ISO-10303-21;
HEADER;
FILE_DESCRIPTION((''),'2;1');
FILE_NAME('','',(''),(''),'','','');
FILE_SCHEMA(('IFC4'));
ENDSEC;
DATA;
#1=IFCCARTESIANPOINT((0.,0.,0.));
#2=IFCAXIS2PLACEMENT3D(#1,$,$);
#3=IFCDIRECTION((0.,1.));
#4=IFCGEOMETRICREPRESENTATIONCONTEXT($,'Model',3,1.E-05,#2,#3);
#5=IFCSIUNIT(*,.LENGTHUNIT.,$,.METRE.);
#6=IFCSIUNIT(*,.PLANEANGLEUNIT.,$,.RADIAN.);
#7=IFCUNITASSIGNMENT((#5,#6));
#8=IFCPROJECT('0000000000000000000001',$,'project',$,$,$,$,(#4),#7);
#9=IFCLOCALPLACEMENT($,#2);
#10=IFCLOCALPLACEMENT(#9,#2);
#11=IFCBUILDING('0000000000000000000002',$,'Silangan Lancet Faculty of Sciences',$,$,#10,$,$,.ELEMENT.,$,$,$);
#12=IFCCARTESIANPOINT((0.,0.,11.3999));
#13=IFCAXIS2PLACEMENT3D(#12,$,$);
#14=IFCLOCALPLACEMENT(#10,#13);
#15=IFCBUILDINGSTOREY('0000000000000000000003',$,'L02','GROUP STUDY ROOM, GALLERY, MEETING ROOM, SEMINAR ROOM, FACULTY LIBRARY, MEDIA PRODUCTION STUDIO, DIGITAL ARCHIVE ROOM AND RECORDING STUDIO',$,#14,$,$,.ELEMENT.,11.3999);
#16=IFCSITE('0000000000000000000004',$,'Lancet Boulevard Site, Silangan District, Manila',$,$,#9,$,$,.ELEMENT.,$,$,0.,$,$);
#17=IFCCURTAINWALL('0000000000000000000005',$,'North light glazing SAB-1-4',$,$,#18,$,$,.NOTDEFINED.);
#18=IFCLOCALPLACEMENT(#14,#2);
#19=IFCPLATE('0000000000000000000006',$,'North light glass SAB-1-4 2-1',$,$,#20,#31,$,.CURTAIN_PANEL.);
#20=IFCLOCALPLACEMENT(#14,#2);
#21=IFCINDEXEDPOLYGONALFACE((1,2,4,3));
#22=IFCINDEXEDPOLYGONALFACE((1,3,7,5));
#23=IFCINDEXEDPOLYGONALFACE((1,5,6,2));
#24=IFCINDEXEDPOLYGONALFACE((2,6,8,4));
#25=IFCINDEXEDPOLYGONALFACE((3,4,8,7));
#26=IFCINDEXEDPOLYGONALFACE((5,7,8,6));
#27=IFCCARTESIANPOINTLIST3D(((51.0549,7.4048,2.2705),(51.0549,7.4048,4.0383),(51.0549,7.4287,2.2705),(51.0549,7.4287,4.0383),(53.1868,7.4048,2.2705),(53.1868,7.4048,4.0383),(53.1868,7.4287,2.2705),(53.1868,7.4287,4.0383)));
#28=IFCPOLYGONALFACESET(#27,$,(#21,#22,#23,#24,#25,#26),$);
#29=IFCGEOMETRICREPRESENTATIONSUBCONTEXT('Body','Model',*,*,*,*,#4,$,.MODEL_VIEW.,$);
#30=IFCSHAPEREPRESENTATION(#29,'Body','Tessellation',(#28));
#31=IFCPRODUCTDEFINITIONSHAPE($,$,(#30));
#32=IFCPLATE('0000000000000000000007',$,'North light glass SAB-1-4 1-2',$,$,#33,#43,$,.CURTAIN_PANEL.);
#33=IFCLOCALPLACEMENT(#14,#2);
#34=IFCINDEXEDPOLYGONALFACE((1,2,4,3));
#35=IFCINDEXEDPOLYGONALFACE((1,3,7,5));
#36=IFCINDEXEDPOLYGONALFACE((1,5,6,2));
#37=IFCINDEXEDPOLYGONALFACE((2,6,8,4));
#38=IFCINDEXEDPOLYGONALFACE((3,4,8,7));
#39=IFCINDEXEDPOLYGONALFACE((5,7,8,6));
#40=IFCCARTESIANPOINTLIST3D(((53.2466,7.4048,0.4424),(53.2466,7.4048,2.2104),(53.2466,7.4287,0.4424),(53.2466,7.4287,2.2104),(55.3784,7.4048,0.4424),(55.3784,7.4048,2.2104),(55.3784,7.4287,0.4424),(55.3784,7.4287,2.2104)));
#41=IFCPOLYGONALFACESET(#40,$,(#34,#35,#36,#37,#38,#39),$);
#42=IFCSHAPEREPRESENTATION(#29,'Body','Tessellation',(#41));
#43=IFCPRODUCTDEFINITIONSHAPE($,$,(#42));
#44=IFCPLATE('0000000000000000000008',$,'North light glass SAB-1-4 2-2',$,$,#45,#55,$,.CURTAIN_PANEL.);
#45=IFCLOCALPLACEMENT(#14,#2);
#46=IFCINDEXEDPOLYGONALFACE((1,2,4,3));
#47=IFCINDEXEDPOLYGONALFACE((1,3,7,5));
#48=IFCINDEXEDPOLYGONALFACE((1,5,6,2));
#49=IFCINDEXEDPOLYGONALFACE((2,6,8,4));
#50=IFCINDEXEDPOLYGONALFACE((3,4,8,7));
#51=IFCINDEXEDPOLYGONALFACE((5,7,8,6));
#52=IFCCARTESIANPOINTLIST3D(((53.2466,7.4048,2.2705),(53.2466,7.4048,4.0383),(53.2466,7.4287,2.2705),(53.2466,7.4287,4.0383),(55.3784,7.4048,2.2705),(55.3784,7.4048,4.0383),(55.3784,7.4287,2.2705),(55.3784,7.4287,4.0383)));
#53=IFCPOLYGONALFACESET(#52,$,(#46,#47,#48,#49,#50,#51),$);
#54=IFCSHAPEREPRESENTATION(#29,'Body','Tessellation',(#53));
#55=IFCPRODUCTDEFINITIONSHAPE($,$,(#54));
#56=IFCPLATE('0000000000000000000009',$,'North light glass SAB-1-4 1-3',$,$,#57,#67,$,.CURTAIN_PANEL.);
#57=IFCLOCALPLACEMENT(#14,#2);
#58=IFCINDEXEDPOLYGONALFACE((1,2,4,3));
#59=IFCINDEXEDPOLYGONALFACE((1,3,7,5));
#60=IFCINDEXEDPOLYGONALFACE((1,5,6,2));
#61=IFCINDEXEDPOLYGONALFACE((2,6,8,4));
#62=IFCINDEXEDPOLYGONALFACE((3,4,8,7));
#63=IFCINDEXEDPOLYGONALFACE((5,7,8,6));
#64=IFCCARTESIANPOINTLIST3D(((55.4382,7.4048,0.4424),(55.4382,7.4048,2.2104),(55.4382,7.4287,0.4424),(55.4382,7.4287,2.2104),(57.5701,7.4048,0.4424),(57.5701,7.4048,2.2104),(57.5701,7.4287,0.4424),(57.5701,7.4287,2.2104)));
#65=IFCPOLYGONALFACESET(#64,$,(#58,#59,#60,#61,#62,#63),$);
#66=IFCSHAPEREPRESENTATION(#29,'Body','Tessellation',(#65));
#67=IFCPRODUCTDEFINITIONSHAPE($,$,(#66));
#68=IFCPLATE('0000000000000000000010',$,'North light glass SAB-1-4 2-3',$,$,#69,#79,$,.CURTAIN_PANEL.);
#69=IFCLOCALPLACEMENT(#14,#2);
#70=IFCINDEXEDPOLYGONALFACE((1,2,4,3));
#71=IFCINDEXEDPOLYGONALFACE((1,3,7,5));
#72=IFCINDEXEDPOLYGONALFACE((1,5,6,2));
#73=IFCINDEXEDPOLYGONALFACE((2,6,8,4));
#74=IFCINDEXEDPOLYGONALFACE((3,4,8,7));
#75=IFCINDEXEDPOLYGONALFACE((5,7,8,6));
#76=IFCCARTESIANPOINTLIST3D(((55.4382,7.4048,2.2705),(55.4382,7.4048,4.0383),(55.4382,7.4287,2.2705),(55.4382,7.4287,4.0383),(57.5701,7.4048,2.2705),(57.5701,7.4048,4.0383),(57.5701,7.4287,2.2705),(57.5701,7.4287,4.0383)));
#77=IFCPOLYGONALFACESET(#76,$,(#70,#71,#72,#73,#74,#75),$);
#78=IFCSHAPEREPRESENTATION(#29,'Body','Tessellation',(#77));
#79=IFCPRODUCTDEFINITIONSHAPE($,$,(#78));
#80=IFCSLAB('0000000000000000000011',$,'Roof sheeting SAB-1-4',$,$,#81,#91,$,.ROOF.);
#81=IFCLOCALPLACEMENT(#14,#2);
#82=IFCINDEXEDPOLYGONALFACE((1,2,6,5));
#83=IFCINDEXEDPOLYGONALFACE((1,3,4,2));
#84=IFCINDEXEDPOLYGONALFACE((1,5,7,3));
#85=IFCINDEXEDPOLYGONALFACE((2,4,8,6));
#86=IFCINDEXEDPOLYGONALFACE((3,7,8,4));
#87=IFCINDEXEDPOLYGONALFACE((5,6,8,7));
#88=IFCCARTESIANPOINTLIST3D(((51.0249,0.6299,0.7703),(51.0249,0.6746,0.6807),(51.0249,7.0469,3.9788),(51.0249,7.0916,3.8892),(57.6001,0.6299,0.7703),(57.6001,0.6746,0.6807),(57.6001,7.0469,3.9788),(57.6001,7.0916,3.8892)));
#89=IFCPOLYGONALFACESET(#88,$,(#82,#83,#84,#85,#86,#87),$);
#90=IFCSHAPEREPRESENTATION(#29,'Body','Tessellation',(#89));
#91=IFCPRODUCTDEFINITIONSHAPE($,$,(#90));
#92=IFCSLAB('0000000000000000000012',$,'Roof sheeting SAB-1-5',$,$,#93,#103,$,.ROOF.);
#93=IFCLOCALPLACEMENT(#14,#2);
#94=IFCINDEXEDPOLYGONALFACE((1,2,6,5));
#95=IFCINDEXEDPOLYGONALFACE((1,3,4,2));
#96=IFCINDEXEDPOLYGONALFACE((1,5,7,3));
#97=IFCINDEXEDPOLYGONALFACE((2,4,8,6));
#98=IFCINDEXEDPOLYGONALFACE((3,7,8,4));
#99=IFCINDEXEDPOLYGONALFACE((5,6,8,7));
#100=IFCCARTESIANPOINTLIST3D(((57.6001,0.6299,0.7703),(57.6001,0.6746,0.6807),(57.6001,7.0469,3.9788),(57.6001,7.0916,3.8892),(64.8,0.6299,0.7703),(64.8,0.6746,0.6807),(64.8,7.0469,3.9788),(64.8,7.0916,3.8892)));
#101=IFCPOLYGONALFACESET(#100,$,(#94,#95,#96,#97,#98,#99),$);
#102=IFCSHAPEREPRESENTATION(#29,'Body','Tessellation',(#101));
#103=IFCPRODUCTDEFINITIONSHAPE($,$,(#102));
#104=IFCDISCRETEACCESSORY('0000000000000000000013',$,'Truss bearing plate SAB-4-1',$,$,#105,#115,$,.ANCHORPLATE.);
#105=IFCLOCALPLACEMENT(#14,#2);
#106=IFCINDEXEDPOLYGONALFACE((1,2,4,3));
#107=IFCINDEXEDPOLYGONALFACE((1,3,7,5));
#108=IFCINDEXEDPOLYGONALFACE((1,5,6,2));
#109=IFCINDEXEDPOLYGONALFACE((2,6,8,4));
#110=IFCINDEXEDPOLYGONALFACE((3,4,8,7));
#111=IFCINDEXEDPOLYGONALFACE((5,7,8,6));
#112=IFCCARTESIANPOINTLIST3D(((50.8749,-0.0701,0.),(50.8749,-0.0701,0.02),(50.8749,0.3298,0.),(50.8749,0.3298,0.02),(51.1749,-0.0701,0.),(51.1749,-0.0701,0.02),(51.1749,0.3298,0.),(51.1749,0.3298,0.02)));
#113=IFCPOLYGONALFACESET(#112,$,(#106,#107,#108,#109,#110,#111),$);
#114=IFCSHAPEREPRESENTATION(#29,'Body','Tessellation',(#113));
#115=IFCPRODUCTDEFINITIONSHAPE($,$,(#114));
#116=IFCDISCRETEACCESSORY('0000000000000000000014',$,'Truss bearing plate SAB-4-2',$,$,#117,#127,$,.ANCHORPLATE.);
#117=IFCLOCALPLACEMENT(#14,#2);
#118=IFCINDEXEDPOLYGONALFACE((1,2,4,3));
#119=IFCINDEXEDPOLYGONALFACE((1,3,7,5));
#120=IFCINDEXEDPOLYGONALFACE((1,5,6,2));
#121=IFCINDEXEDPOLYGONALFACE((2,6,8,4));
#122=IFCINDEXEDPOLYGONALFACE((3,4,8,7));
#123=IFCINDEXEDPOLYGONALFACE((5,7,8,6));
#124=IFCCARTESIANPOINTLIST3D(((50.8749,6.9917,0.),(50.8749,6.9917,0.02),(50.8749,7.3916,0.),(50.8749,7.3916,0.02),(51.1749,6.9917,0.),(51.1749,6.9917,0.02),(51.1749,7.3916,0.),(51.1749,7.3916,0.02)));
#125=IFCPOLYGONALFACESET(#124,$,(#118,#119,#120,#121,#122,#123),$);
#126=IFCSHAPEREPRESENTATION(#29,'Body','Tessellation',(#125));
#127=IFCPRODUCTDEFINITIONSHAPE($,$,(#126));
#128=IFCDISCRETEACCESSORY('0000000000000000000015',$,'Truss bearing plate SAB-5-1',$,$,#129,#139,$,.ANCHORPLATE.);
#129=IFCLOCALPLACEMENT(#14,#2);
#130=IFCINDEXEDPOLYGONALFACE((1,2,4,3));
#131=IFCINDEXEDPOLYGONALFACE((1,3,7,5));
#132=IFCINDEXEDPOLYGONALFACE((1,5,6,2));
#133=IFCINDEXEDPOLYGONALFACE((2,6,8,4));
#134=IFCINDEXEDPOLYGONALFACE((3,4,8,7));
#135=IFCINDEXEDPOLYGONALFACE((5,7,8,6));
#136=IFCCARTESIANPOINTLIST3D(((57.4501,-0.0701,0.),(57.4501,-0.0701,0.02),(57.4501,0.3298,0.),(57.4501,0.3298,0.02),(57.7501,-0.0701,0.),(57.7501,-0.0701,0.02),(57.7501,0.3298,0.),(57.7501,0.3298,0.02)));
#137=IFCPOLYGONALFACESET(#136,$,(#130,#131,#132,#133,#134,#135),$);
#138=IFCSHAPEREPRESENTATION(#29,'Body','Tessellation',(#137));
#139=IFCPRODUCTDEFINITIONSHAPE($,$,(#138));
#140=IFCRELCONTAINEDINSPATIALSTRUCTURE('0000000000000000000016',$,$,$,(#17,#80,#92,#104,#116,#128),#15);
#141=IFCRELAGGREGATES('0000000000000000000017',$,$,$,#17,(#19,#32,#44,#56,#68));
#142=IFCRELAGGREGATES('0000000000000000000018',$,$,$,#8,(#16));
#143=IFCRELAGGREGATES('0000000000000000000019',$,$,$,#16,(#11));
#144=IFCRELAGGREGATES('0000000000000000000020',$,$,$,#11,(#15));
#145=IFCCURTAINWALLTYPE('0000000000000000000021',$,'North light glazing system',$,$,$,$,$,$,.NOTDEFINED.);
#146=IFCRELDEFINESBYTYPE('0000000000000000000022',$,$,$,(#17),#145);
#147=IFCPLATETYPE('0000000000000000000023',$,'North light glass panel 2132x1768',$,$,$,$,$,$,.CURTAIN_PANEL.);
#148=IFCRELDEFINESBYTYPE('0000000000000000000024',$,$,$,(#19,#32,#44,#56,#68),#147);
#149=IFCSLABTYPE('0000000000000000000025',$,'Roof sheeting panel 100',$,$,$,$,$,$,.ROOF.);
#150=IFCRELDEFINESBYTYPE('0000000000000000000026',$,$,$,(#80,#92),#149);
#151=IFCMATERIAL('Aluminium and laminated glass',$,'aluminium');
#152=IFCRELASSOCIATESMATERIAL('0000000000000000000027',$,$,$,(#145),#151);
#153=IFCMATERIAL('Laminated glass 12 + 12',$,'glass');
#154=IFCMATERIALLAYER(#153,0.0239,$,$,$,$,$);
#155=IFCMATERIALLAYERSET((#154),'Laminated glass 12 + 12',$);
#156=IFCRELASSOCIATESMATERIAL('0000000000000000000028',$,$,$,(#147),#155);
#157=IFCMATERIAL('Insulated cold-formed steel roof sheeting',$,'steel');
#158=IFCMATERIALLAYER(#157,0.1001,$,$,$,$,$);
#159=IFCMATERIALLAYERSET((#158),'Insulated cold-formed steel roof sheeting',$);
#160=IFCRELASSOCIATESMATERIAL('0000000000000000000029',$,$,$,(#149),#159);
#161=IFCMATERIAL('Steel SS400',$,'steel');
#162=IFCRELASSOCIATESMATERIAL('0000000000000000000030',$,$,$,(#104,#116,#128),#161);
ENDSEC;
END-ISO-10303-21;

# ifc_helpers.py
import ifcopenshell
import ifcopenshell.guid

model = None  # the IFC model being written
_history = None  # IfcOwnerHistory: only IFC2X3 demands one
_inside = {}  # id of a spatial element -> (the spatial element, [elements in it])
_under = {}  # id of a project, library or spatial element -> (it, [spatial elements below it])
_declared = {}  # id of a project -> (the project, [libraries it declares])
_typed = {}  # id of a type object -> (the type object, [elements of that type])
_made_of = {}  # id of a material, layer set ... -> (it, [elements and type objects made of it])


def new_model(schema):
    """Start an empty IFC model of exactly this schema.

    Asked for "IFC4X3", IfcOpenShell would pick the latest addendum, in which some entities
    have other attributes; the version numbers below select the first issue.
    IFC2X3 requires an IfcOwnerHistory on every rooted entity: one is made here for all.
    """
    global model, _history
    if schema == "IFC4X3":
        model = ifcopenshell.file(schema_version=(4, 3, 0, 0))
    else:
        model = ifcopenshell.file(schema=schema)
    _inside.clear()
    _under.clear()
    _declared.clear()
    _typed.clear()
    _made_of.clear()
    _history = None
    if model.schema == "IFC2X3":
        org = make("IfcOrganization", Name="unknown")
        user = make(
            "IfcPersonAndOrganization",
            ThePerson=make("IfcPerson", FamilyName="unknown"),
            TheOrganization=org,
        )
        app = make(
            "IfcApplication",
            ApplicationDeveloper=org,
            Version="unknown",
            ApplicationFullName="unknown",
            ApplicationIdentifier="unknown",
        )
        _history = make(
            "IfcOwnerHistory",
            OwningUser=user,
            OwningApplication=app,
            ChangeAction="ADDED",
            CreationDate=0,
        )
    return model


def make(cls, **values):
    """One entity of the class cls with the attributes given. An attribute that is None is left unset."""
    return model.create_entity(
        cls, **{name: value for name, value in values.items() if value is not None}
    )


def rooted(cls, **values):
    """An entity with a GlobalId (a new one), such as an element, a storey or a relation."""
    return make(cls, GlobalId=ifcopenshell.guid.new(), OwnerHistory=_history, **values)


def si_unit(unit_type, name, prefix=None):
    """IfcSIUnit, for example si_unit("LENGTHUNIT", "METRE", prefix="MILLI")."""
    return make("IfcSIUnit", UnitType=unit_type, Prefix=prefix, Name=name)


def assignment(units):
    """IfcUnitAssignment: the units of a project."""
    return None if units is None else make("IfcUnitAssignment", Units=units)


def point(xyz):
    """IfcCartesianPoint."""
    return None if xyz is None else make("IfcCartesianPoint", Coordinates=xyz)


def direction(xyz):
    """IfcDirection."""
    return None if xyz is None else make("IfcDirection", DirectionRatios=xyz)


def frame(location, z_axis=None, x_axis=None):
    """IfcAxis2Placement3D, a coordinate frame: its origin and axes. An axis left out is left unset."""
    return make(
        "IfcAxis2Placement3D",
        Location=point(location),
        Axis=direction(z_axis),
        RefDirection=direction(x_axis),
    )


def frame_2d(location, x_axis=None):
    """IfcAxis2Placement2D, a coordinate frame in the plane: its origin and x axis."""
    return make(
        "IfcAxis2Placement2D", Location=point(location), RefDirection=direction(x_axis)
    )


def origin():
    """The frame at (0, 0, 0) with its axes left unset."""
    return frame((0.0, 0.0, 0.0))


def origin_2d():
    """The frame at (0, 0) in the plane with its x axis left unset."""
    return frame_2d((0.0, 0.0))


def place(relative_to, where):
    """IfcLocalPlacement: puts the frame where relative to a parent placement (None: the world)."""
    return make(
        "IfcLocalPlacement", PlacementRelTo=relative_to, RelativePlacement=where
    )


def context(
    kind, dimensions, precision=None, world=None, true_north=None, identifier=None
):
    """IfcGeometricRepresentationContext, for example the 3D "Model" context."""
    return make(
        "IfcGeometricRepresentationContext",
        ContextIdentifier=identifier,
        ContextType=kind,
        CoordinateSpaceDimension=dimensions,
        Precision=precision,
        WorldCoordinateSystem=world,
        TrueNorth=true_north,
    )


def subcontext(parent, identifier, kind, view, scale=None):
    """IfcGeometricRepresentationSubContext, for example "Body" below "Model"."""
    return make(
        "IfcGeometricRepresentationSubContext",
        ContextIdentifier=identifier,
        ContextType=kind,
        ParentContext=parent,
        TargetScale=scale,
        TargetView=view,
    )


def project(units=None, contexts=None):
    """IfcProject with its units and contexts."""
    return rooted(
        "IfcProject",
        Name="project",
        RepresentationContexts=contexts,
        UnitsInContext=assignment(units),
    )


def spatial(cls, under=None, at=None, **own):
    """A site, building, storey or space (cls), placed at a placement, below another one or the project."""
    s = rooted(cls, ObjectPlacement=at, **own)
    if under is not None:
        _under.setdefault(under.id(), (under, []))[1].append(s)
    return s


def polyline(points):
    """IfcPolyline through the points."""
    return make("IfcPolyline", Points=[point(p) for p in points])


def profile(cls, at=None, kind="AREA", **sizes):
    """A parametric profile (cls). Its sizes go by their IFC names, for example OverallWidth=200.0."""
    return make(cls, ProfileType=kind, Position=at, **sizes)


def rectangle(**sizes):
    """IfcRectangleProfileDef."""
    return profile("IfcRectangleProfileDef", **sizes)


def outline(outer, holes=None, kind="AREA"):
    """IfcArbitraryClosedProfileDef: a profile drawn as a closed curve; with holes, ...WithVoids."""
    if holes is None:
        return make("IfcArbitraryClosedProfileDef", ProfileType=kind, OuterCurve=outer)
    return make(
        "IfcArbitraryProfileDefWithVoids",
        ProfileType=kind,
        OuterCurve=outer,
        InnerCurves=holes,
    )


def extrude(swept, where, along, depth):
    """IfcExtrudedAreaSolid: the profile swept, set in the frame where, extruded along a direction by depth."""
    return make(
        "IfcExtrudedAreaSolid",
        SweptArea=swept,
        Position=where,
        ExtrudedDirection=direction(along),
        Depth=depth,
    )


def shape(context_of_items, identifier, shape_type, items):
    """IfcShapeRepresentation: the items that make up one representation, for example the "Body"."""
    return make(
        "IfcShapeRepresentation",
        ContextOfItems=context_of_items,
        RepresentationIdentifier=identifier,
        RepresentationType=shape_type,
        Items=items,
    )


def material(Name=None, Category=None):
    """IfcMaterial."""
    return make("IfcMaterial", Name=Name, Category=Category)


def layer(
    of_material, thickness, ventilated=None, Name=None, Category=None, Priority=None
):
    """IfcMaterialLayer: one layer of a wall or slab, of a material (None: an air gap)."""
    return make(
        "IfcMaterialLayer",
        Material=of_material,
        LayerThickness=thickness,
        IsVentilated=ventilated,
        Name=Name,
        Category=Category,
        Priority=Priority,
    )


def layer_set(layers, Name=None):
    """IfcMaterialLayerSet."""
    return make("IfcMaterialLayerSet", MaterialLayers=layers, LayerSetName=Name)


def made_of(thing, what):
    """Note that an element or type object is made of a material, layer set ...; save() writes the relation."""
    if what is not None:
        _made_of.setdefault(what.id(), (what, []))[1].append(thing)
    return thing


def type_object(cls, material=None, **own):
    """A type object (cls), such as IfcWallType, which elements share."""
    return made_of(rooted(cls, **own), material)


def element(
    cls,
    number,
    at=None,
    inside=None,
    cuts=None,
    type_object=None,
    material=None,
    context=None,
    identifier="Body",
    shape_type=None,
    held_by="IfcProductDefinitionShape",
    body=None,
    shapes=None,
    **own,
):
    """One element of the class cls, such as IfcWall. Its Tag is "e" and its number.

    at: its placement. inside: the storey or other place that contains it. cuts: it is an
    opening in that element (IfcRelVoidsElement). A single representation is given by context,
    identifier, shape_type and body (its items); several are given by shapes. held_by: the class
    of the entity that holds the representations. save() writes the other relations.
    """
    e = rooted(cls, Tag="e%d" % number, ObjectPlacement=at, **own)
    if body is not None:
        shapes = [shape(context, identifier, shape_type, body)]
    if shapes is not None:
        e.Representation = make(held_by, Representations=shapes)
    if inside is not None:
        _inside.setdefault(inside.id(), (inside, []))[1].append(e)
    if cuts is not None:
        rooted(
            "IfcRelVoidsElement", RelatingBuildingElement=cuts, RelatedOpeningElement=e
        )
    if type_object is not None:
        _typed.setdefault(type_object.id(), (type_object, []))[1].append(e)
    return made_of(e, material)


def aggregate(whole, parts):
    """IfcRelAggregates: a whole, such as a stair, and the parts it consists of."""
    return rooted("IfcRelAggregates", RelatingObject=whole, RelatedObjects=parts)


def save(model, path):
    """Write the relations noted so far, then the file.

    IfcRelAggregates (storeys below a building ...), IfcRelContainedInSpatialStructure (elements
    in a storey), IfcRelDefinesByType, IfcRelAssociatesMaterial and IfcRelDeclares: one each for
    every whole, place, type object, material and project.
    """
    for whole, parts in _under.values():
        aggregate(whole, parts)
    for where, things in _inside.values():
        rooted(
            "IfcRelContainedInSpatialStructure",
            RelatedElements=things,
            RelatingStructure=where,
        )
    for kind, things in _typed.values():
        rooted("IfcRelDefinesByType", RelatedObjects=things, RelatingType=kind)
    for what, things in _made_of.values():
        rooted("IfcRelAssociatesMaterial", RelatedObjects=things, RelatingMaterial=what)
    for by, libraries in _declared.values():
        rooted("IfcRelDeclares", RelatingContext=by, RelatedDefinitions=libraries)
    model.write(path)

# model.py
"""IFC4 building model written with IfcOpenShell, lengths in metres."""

from ifc_helpers import new_model, si_unit, direction, frame, origin, origin_2d, place, context, subcontext, project, spatial, polyline, rectangle, outline, extrude, material, layer, layer_set, type_object, element, aggregate, save


model = new_model("IFC4")

# Units and contexts
model_context = context("Model", 3, precision=1e-05, world=origin(), true_north=direction((0.0, 1.0)))
body_context = subcontext(model_context, "Body", "Model", "MODEL_VIEW")
ifc_project = project(units=[si_unit("LENGTHUNIT", "METRE"), si_unit("PLANEANGLEUNIT", "RADIAN")], contexts=[model_context])

# Site, building, storey
site_placement = place(None, origin())
site = spatial("IfcSite", under=ifc_project, at=site_placement, Name="Lancet Boulevard Site, Silangan District, Manila", CompositionType="ELEMENT", RefElevation=0.0)
building_placement = place(site_placement, origin())
building = spatial("IfcBuilding", under=site, at=building_placement, Name="Silangan Lancet Faculty of Sciences", CompositionType="ELEMENT")
storey_placement = place(building_placement, frame((0.0, 0.0, 11.3999)))
storey = spatial("IfcBuildingStorey", under=building, at=storey_placement, Name="L02", Description="GROUP STUDY ROOM, GALLERY, MEETING ROOM, SEMINAR ROOM, FACULTY LIBRARY, MEDIA PRODUCTION STUDIO, DIGITAL ARCHIVE ROOM AND RECORDING STUDIO", CompositionType="ELEMENT", Elevation=11.3999)

# Curtain wall, plates
ifc_material_1 = material(Name="Aluminium and laminated glass", Category="aluminium")
curtain_wall_type = type_object("IfcCurtainWallType", Name="North light glazing system", PredefinedType="NOTDEFINED", material=ifc_material_1)
curtain_wall_placement = place(storey_placement, origin())
curtain_wall = element("IfcCurtainWall", 1, at=curtain_wall_placement, inside=storey, type_object=curtain_wall_type, Name="North light glazing SAB-1-4", PredefinedType="NOTDEFINED")
ifc_material_2 = material(Name="Laminated glass 12 + 12", Category="glass")
ifc_layer_1 = layer(ifc_material_2, 0.0239)
ifc_layer_set_1 = layer_set([ifc_layer_1], Name="Laminated glass 12 + 12")
plate_type = type_object("IfcPlateType", Name="North light glass panel 2132x1768", PredefinedType="CURTAIN_PANEL", material=ifc_layer_set_1)
plate_1_placement = place(storey_placement, frame((51.0549, 7.4048, 2.2705), z_axis=(0.0, -1.0, 0.0), x_axis=(1.0, 0.0, 0.0)))
plate_1 = element("IfcPlate", 2, at=plate_1_placement, type_object=plate_type, Name="North light glass SAB-1-4 2-1", PredefinedType="CURTAIN_PANEL", context=body_context, shape_type="SweptSolid", body=[
    extrude(outline(polyline([(0.0, 0.0), (2.1318, 0.0), (2.1318, 1.7678), (0.0, 1.7678), (0.0, 0.0)])), origin(), (0.0, 0.0, -1.0), 0.0239),
])
plate_2_placement = place(storey_placement, frame((53.2466, 7.4048, 0.4424), z_axis=(0.0, -1.0, 0.0), x_axis=(1.0, 0.0, 0.0)))
plate_2 = element("IfcPlate", 3, at=plate_2_placement, type_object=plate_type, Name="North light glass SAB-1-4 1-2", PredefinedType="CURTAIN_PANEL", context=body_context, shape_type="SweptSolid", body=[
    extrude(outline(polyline([(0.0, 0.0), (2.1318, 0.0), (2.1318, 1.7681), (0.0, 1.7681), (0.0, 0.0)])), origin(), (0.0, 0.0, -1.0), 0.0239),
])
plate_3_placement = place(storey_placement, frame((53.2466, 7.4048, 2.2705), z_axis=(0.0, -1.0, 0.0), x_axis=(1.0, 0.0, 0.0)))
plate_3 = element("IfcPlate", 4, at=plate_3_placement, type_object=plate_type, Name="North light glass SAB-1-4 2-2", PredefinedType="CURTAIN_PANEL", context=body_context, shape_type="SweptSolid", body=[
    extrude(outline(polyline([(0.0, 0.0), (2.1318, 0.0), (2.1318, 1.7678), (0.0, 1.7678), (0.0, 0.0)])), origin(), (0.0, 0.0, -1.0), 0.0239),
])
plate_4_placement = place(storey_placement, frame((55.4382, 7.4048, 0.4424), z_axis=(0.0, -1.0, 0.0), x_axis=(1.0, 0.0, 0.0)))
plate_4 = element("IfcPlate", 5, at=plate_4_placement, type_object=plate_type, Name="North light glass SAB-1-4 1-3", PredefinedType="CURTAIN_PANEL", context=body_context, shape_type="SweptSolid", body=[
    extrude(outline(polyline([(0.0, 0.0), (2.1318, 0.0), (2.1318, 1.7681), (0.0, 1.7681), (0.0, 0.0)])), origin(), (0.0, 0.0, -1.0), 0.0239),
])
plate_5_placement = place(storey_placement, frame((55.4382, 7.4048, 2.2705), z_axis=(0.0, -1.0, 0.0), x_axis=(1.0, 0.0, 0.0)))
plate_5 = element("IfcPlate", 6, at=plate_5_placement, type_object=plate_type, Name="North light glass SAB-1-4 2-3", PredefinedType="CURTAIN_PANEL", context=body_context, shape_type="SweptSolid", body=[
    extrude(outline(polyline([(0.0, 0.0), (2.1318, 0.0), (2.1318, 1.7678), (0.0, 1.7678), (0.0, 0.0)])), origin(), (0.0, 0.0, -1.0), 0.0239),
])
aggregate(curtain_wall, [plate_1, plate_2, plate_3, plate_4, plate_5])

# Slabs
ifc_material_3 = material(Name="Insulated cold-formed steel roof sheeting", Category="steel")
ifc_layer_2 = layer(ifc_material_3, 0.1001)
ifc_layer_set_2 = layer_set([ifc_layer_2], Name="Insulated cold-formed steel roof sheeting")
slab_type = type_object("IfcSlabType", Name="Roof sheeting panel 100", PredefinedType="ROOF", material=ifc_layer_set_2)
slab_1_placement = place(storey_placement, frame((51.0249, 0.6299, 0.7703), z_axis=(0.0, -0.447214, 0.894427), x_axis=(1.0, 0.0, 0.0)))
element("IfcSlab", 7, at=slab_1_placement, inside=storey, type_object=slab_type, Name="Roof sheeting SAB-1-4", PredefinedType="ROOF", context=body_context, shape_type="SweptSolid", body=[
    extrude(outline(polyline([(0.0, 0.0), (6.5752, 0.0), (6.5752, 7.1744), (0.0, 7.1744), (0.0, 0.0)])), origin(), (0.0, 0.0, -1.0), 0.1001),
])
slab_2_placement = place(storey_placement, frame((57.6001, 0.6299, 0.7703), z_axis=(0.0, -0.447214, 0.894427), x_axis=(1.0, 0.0, 0.0)))
element("IfcSlab", 8, at=slab_2_placement, inside=storey, type_object=slab_type, Name="Roof sheeting SAB-1-5", PredefinedType="ROOF", context=body_context, shape_type="SweptSolid", body=[
    extrude(outline(polyline([(0.0, 0.0), (7.2, 0.0), (7.2, 7.1744), (0.0, 7.1744), (0.0, 0.0)])), origin(), (0.0, 0.0, -1.0), 0.1001),
])

# Discrete accessories
ifc_material_4 = material(Name="Steel SS400", Category="steel")
for number, where, z_axis, x_axis, name in (
    (9, (51.0249, 0.1299, 0.0), (0.0, 0.0, 1.0), (1.0, 0.0, 0.0), "Truss bearing plate SAB-4-1"),
    (10, (51.0249, 7.1917, 0.0), (0.0, 0.0, 1.0), (1.0, 0.0, 0.0), "Truss bearing plate SAB-4-2"),
    (11, (57.6001, 0.1299, 0.0), (0.0, 0.0, 1.0), (1.0, 0.0, 0.0), "Truss bearing plate SAB-5-1"),
):
    element("IfcDiscreteAccessory", number, at=place(storey_placement, frame(where, z_axis=z_axis, x_axis=x_axis)), inside=storey, material=ifc_material_4, Name=name, PredefinedType="ANCHORPLATE", context=body_context, shape_type="SweptSolid", body=[
        extrude(rectangle(XDim=0.3, YDim=0.3999, at=origin_2d()), origin(), (0.0, 0.0, 1.0), 0.02),
    ])

save(model, "model.ifc")
